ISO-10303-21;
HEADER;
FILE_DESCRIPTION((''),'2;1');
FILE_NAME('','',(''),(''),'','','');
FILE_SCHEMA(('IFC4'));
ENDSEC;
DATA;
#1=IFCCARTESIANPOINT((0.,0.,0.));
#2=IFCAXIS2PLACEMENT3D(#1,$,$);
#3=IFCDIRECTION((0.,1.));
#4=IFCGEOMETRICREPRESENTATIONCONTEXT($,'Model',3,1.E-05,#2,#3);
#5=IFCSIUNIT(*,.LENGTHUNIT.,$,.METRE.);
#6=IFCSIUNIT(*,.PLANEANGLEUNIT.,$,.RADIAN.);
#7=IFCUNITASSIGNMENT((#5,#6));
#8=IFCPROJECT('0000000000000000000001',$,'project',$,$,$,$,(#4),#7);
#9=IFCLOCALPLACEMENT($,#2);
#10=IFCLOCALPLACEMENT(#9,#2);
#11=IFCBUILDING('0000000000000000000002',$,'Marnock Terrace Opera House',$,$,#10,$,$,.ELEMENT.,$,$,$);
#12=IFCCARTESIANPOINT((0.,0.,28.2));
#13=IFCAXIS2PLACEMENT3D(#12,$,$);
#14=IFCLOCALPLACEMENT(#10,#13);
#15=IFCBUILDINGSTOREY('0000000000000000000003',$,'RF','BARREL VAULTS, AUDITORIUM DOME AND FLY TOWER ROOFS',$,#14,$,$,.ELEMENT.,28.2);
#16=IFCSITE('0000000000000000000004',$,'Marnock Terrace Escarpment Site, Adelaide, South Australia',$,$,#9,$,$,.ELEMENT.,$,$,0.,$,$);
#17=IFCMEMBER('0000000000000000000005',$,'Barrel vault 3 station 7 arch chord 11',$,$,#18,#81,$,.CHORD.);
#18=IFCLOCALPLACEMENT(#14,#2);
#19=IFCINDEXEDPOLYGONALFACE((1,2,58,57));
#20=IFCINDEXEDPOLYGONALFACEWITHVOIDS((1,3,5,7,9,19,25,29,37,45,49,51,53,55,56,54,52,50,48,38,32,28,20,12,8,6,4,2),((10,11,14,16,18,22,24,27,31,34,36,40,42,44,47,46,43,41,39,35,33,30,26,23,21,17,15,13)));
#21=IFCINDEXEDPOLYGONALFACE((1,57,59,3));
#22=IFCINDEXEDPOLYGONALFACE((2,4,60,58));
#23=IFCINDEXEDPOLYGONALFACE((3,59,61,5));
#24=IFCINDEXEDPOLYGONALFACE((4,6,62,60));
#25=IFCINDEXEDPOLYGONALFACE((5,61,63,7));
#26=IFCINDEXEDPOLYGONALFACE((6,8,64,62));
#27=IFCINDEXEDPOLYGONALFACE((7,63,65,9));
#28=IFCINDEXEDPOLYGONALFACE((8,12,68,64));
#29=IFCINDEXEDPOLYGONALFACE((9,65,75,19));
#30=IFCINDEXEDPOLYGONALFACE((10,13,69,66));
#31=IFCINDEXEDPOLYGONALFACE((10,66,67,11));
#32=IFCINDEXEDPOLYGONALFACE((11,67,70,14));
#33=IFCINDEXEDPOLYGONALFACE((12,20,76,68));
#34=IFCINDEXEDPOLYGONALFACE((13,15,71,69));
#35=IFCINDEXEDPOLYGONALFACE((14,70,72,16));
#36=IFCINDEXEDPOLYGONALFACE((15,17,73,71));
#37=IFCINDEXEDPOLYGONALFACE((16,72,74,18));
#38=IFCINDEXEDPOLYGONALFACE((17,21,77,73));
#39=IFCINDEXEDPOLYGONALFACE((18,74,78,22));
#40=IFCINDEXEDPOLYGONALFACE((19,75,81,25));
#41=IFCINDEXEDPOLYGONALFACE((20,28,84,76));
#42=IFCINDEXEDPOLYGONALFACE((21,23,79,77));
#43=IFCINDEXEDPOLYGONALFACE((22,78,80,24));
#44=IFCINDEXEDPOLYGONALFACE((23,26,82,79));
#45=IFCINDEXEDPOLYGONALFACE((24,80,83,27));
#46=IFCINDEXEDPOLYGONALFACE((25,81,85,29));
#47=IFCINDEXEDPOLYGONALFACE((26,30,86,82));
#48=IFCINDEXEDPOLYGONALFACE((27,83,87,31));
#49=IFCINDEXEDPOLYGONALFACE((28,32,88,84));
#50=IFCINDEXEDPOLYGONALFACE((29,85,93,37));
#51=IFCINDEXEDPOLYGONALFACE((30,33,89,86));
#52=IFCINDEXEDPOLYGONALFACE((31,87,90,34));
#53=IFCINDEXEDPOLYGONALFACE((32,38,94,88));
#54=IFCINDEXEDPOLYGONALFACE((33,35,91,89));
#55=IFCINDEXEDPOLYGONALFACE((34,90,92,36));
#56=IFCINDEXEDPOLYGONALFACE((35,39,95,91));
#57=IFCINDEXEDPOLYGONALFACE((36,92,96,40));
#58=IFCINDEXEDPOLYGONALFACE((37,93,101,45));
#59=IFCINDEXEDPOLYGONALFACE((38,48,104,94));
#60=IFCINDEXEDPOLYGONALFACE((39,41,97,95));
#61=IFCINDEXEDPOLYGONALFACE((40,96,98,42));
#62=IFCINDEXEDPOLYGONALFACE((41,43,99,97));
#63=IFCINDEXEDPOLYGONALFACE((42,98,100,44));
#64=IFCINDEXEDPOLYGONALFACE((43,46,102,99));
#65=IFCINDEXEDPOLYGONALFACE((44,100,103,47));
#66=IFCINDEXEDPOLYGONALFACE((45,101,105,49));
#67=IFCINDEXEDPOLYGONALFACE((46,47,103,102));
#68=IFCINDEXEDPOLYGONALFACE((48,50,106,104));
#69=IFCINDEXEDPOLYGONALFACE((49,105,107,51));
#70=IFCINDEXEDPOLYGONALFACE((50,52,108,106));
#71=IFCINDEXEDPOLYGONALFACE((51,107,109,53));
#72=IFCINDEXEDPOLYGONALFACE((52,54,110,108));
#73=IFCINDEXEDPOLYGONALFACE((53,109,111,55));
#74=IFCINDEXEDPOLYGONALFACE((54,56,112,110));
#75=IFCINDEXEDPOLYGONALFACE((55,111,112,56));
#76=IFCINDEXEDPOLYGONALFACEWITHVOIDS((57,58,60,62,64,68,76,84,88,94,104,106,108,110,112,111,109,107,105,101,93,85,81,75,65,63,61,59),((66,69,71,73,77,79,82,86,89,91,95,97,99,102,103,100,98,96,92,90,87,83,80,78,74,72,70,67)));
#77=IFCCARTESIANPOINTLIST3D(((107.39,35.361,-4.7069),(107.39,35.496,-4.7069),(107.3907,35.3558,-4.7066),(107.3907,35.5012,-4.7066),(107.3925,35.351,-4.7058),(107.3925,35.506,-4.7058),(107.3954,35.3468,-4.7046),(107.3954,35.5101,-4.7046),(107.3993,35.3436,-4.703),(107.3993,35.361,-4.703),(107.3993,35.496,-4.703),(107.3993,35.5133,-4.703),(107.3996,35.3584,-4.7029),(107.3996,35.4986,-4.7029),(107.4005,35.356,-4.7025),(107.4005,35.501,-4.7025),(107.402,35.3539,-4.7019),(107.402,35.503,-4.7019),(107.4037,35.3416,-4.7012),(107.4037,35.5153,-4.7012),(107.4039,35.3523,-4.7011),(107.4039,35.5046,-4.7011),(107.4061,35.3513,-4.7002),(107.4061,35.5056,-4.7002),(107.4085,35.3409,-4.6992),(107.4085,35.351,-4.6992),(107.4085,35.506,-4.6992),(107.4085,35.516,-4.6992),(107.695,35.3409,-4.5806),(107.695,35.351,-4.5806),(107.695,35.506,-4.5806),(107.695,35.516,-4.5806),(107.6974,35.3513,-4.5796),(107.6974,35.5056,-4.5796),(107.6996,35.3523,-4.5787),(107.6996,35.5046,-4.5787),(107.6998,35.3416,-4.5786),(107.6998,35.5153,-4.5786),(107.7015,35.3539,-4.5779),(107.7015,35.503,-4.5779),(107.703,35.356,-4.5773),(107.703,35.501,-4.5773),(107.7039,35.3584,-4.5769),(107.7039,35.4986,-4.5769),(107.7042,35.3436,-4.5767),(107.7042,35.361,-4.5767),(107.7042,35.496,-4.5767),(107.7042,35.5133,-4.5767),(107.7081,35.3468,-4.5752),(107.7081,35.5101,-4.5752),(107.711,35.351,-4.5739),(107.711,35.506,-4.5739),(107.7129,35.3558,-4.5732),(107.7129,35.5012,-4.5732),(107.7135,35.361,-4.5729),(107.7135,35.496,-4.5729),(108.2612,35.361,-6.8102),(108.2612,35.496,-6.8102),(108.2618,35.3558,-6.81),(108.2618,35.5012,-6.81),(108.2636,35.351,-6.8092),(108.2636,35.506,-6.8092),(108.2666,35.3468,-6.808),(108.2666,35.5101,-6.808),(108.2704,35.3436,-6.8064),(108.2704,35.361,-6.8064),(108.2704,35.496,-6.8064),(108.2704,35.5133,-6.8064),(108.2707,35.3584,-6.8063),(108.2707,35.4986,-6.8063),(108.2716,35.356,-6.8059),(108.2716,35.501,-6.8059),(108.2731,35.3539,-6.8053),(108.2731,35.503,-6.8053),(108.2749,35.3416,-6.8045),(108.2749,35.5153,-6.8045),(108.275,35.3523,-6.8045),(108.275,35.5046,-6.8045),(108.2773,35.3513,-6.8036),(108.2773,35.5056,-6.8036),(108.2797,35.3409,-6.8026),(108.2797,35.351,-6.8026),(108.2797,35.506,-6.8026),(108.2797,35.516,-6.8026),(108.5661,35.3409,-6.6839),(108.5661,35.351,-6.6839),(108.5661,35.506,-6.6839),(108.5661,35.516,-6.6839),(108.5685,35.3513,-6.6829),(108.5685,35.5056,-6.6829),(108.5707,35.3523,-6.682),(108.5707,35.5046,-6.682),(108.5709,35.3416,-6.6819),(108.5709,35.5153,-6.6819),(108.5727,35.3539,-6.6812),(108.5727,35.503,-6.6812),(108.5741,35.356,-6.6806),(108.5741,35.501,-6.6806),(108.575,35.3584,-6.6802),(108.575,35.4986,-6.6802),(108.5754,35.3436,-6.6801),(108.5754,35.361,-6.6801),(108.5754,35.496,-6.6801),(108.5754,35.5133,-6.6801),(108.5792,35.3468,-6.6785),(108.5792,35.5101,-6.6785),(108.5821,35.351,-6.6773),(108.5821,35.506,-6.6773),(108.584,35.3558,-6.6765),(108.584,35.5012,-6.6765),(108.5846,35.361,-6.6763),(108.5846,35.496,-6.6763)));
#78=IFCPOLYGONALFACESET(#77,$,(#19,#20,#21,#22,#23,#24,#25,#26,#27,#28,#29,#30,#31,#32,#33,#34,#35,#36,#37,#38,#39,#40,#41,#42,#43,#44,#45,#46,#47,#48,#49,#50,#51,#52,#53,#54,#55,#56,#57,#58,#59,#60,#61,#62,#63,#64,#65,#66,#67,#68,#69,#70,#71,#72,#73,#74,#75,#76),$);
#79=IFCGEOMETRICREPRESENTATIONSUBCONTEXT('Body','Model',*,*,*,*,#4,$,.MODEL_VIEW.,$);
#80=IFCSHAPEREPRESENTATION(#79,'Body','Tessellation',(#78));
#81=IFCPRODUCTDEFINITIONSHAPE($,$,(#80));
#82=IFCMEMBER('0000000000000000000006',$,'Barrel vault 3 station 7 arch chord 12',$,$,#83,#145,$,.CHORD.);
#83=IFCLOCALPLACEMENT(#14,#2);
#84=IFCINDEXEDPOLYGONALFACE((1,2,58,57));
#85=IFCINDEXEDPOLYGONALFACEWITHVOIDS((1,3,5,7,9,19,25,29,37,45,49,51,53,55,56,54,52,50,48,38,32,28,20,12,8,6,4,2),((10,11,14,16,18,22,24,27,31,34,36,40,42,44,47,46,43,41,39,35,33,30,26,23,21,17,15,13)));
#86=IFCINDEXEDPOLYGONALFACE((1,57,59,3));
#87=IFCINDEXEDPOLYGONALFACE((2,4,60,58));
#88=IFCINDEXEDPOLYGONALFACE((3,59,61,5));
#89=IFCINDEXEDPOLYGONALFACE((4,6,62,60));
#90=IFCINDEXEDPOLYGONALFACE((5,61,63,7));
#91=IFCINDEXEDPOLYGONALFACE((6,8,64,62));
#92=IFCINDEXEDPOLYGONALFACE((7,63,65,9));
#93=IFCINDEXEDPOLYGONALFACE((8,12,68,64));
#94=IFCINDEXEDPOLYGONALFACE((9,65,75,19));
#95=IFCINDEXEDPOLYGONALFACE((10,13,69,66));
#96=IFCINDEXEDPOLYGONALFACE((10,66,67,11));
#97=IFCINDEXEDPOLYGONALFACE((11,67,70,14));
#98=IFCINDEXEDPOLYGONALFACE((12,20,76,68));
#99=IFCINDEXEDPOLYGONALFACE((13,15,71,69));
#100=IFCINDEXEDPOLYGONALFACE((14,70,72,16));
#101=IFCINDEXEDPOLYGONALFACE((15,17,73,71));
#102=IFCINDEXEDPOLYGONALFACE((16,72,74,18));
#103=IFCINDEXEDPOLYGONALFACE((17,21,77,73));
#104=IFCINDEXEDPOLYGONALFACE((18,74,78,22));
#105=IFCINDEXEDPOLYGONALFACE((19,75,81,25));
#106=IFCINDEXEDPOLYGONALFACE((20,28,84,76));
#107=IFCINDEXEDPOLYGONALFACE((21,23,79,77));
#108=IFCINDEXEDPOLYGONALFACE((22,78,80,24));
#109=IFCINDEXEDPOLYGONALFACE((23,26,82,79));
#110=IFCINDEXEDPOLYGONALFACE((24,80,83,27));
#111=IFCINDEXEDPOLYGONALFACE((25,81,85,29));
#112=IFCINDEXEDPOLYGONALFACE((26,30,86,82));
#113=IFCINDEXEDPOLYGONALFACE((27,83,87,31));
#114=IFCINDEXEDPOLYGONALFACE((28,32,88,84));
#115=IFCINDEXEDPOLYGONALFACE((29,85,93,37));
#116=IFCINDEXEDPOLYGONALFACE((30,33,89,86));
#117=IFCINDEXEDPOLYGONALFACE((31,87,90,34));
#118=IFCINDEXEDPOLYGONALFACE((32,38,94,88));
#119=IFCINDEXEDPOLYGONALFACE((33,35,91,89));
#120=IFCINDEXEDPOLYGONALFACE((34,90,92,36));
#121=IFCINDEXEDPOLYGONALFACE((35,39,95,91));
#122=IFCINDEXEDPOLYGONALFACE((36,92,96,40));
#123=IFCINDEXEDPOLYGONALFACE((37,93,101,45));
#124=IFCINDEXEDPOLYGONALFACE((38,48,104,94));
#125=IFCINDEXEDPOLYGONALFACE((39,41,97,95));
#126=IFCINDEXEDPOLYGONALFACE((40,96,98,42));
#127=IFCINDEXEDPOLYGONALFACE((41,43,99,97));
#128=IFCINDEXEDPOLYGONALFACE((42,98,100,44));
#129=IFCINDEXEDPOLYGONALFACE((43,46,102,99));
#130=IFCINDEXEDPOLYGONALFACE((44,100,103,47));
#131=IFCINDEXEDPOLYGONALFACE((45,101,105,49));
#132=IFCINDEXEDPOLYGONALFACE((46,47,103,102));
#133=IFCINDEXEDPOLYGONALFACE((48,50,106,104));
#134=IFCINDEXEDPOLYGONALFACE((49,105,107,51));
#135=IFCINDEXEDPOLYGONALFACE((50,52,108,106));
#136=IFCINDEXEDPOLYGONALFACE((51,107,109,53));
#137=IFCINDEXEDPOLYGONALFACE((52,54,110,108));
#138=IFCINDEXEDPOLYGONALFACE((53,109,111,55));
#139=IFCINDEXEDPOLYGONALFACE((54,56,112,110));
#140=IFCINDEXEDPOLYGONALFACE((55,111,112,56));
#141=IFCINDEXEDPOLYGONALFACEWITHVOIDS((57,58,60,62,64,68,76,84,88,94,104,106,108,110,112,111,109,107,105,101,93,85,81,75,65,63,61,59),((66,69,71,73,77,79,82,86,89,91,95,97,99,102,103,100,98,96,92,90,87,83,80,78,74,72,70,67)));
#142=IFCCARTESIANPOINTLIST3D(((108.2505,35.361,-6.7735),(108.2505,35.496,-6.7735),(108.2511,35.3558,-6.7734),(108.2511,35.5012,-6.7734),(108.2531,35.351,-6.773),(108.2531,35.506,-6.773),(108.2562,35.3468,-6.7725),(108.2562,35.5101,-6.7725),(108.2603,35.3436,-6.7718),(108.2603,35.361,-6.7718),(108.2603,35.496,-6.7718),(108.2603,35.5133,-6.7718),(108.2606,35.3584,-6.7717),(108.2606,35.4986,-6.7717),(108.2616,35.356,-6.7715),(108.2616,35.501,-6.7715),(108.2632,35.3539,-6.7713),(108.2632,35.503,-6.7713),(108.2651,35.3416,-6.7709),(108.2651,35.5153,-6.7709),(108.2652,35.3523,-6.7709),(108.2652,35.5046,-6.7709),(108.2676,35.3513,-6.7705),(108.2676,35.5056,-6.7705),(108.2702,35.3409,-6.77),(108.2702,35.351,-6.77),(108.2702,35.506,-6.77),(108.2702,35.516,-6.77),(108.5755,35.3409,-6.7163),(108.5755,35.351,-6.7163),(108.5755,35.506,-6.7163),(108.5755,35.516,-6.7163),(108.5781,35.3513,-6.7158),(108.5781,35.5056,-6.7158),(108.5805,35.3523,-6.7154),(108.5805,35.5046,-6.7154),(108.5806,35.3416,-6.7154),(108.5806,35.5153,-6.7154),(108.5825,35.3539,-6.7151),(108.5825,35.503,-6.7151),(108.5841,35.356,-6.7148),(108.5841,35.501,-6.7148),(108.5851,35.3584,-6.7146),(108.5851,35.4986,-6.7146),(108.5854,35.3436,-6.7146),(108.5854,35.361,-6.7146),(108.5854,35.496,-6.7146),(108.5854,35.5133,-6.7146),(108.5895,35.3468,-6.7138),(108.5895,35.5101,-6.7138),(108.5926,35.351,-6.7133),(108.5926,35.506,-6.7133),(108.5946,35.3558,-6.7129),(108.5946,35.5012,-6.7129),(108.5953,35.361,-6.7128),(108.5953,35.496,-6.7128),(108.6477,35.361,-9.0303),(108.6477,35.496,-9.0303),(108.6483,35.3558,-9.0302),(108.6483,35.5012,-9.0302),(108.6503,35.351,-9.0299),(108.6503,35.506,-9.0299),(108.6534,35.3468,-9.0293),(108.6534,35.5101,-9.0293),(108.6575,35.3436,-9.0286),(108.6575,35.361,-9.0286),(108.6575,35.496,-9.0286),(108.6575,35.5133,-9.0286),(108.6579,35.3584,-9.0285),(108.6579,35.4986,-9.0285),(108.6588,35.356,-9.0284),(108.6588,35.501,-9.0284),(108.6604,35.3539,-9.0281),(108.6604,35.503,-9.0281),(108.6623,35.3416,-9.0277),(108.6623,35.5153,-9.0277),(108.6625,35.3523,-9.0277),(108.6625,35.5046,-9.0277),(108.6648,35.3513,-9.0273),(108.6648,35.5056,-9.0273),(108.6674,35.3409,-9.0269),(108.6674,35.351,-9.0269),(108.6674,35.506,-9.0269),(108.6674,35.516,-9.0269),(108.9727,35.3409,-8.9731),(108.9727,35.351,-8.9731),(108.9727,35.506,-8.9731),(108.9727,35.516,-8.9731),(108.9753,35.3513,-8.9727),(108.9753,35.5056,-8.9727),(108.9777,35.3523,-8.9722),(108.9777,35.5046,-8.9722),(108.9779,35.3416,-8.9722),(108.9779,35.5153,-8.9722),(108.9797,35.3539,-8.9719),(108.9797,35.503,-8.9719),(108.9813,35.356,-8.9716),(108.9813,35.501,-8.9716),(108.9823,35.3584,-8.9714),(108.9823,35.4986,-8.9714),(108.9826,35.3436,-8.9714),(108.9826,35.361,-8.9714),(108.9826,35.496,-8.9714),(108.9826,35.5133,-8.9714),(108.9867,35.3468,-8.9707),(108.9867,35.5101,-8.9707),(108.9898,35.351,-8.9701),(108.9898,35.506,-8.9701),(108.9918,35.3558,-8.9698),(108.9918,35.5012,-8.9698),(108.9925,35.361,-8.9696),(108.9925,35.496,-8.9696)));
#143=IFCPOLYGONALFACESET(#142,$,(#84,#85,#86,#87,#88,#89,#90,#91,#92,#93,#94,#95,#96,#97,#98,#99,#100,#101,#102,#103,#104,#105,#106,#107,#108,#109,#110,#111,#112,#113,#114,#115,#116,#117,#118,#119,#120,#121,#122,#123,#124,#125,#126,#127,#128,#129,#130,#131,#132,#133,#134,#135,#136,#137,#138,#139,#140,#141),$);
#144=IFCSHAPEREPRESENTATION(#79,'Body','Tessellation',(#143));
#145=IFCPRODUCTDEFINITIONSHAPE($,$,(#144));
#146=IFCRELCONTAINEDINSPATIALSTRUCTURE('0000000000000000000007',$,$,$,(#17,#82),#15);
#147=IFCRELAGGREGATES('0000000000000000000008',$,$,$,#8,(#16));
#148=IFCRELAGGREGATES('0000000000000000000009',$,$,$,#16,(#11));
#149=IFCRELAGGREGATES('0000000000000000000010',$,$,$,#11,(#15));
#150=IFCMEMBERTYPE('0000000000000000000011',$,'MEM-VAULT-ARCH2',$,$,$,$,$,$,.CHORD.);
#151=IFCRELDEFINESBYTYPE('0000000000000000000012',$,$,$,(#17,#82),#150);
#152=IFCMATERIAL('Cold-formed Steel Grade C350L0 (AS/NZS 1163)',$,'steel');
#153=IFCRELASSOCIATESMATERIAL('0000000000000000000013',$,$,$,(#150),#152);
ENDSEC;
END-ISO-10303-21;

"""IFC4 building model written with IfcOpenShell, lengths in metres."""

from ifc_helpers import new_model, si_unit, direction, frame, origin, origin_2d, place, context, subcontext, project, spatial, hollow_rectangle, extrude, material, material_profile, profile_set, type_object, element, save


model = new_model("IFC4")

# Units and contexts
model_context = context("Model", 3, precision=1e-05, world=origin(), true_north=direction((0.0, 1.0)))
body_context = subcontext(model_context, "Body", "Model", "MODEL_VIEW")
ifc_project = project(units=[si_unit("LENGTHUNIT", "METRE"), si_unit("PLANEANGLEUNIT", "RADIAN")], contexts=[model_context])

# Site, building, storey
site_placement = place(None, origin())
site = spatial("IfcSite", under=ifc_project, at=site_placement, Name="Marnock Terrace Escarpment Site, Adelaide, South Australia", CompositionType="ELEMENT", RefElevation=0.0)
building_placement = place(site_placement, origin())
building = spatial("IfcBuilding", under=site, at=building_placement, Name="Marnock Terrace Opera House", CompositionType="ELEMENT")
storey_placement = place(building_placement, frame((0.0, 0.0, 28.2)))
storey = spatial("IfcBuildingStorey", under=building, at=storey_placement, Name="RF", Description="BARREL VAULTS, AUDITORIUM DOME AND FLY TOWER ROOFS", CompositionType="ELEMENT", Elevation=28.2)

# Members
ifc_material_1 = material(Name="Cold-formed Steel Grade C350L0 (AS/NZS 1163)", Category="steel")
ifc_material_profile_1 = material_profile(ifc_material_1, hollow_rectangle(XDim=0.175, YDim=0.3501, WallThickness=0.01, InnerFilletRadius=0.01, OuterFilletRadius=0.02, at=origin_2d()))
ifc_profile_set_1 = profile_set([ifc_material_profile_1], Name="Cold-formed Steel Grade C350L0 (AS/NZS 1163)")
member_type_1 = type_object("IfcMemberType", Name="MEM-VAULT-ARCH2", PredefinedType="CHORD", material=ifc_profile_set_1)
member_1_placement = place(storey_placement, frame((107.5518, 35.4285, -4.6399), z_axis=(0.382642, 0.0, -0.923897), x_axis=(0.0, 1.0, 0.0)))
element("IfcMember", 1, at=member_1_placement, inside=storey, type_object=member_type_1, Name="Barrel vault 3 station 7 arch chord 11", PredefinedType="CHORD", context=body_context, shape_type="SweptSolid", body=[
    extrude(hollow_rectangle(XDim=0.175, YDim=0.3501, WallThickness=0.01, InnerFilletRadius=0.01, OuterFilletRadius=0.02, at=origin_2d()), origin(), (0.0, 0.0, 1.0), 2.2766),
])
member_2_placement = place(storey_placement, frame((108.4229, 35.4285, -6.7432), z_axis=(0.173342, 0.0, -0.984862), x_axis=(0.0, 1.0, 0.0)))
element("IfcMember", 2, at=member_2_placement, inside=storey, type_object=member_type_1, Name="Barrel vault 3 station 7 arch chord 12", PredefinedType="CHORD", context=body_context, shape_type="SweptSolid", body=[
    extrude(hollow_rectangle(XDim=0.175, YDim=0.3501, WallThickness=0.01, InnerFilletRadius=0.01, OuterFilletRadius=0.02, at=origin_2d()), origin(), (0.0, 0.0, 1.0), 2.2915),
])

save(model, "model.ifc")
